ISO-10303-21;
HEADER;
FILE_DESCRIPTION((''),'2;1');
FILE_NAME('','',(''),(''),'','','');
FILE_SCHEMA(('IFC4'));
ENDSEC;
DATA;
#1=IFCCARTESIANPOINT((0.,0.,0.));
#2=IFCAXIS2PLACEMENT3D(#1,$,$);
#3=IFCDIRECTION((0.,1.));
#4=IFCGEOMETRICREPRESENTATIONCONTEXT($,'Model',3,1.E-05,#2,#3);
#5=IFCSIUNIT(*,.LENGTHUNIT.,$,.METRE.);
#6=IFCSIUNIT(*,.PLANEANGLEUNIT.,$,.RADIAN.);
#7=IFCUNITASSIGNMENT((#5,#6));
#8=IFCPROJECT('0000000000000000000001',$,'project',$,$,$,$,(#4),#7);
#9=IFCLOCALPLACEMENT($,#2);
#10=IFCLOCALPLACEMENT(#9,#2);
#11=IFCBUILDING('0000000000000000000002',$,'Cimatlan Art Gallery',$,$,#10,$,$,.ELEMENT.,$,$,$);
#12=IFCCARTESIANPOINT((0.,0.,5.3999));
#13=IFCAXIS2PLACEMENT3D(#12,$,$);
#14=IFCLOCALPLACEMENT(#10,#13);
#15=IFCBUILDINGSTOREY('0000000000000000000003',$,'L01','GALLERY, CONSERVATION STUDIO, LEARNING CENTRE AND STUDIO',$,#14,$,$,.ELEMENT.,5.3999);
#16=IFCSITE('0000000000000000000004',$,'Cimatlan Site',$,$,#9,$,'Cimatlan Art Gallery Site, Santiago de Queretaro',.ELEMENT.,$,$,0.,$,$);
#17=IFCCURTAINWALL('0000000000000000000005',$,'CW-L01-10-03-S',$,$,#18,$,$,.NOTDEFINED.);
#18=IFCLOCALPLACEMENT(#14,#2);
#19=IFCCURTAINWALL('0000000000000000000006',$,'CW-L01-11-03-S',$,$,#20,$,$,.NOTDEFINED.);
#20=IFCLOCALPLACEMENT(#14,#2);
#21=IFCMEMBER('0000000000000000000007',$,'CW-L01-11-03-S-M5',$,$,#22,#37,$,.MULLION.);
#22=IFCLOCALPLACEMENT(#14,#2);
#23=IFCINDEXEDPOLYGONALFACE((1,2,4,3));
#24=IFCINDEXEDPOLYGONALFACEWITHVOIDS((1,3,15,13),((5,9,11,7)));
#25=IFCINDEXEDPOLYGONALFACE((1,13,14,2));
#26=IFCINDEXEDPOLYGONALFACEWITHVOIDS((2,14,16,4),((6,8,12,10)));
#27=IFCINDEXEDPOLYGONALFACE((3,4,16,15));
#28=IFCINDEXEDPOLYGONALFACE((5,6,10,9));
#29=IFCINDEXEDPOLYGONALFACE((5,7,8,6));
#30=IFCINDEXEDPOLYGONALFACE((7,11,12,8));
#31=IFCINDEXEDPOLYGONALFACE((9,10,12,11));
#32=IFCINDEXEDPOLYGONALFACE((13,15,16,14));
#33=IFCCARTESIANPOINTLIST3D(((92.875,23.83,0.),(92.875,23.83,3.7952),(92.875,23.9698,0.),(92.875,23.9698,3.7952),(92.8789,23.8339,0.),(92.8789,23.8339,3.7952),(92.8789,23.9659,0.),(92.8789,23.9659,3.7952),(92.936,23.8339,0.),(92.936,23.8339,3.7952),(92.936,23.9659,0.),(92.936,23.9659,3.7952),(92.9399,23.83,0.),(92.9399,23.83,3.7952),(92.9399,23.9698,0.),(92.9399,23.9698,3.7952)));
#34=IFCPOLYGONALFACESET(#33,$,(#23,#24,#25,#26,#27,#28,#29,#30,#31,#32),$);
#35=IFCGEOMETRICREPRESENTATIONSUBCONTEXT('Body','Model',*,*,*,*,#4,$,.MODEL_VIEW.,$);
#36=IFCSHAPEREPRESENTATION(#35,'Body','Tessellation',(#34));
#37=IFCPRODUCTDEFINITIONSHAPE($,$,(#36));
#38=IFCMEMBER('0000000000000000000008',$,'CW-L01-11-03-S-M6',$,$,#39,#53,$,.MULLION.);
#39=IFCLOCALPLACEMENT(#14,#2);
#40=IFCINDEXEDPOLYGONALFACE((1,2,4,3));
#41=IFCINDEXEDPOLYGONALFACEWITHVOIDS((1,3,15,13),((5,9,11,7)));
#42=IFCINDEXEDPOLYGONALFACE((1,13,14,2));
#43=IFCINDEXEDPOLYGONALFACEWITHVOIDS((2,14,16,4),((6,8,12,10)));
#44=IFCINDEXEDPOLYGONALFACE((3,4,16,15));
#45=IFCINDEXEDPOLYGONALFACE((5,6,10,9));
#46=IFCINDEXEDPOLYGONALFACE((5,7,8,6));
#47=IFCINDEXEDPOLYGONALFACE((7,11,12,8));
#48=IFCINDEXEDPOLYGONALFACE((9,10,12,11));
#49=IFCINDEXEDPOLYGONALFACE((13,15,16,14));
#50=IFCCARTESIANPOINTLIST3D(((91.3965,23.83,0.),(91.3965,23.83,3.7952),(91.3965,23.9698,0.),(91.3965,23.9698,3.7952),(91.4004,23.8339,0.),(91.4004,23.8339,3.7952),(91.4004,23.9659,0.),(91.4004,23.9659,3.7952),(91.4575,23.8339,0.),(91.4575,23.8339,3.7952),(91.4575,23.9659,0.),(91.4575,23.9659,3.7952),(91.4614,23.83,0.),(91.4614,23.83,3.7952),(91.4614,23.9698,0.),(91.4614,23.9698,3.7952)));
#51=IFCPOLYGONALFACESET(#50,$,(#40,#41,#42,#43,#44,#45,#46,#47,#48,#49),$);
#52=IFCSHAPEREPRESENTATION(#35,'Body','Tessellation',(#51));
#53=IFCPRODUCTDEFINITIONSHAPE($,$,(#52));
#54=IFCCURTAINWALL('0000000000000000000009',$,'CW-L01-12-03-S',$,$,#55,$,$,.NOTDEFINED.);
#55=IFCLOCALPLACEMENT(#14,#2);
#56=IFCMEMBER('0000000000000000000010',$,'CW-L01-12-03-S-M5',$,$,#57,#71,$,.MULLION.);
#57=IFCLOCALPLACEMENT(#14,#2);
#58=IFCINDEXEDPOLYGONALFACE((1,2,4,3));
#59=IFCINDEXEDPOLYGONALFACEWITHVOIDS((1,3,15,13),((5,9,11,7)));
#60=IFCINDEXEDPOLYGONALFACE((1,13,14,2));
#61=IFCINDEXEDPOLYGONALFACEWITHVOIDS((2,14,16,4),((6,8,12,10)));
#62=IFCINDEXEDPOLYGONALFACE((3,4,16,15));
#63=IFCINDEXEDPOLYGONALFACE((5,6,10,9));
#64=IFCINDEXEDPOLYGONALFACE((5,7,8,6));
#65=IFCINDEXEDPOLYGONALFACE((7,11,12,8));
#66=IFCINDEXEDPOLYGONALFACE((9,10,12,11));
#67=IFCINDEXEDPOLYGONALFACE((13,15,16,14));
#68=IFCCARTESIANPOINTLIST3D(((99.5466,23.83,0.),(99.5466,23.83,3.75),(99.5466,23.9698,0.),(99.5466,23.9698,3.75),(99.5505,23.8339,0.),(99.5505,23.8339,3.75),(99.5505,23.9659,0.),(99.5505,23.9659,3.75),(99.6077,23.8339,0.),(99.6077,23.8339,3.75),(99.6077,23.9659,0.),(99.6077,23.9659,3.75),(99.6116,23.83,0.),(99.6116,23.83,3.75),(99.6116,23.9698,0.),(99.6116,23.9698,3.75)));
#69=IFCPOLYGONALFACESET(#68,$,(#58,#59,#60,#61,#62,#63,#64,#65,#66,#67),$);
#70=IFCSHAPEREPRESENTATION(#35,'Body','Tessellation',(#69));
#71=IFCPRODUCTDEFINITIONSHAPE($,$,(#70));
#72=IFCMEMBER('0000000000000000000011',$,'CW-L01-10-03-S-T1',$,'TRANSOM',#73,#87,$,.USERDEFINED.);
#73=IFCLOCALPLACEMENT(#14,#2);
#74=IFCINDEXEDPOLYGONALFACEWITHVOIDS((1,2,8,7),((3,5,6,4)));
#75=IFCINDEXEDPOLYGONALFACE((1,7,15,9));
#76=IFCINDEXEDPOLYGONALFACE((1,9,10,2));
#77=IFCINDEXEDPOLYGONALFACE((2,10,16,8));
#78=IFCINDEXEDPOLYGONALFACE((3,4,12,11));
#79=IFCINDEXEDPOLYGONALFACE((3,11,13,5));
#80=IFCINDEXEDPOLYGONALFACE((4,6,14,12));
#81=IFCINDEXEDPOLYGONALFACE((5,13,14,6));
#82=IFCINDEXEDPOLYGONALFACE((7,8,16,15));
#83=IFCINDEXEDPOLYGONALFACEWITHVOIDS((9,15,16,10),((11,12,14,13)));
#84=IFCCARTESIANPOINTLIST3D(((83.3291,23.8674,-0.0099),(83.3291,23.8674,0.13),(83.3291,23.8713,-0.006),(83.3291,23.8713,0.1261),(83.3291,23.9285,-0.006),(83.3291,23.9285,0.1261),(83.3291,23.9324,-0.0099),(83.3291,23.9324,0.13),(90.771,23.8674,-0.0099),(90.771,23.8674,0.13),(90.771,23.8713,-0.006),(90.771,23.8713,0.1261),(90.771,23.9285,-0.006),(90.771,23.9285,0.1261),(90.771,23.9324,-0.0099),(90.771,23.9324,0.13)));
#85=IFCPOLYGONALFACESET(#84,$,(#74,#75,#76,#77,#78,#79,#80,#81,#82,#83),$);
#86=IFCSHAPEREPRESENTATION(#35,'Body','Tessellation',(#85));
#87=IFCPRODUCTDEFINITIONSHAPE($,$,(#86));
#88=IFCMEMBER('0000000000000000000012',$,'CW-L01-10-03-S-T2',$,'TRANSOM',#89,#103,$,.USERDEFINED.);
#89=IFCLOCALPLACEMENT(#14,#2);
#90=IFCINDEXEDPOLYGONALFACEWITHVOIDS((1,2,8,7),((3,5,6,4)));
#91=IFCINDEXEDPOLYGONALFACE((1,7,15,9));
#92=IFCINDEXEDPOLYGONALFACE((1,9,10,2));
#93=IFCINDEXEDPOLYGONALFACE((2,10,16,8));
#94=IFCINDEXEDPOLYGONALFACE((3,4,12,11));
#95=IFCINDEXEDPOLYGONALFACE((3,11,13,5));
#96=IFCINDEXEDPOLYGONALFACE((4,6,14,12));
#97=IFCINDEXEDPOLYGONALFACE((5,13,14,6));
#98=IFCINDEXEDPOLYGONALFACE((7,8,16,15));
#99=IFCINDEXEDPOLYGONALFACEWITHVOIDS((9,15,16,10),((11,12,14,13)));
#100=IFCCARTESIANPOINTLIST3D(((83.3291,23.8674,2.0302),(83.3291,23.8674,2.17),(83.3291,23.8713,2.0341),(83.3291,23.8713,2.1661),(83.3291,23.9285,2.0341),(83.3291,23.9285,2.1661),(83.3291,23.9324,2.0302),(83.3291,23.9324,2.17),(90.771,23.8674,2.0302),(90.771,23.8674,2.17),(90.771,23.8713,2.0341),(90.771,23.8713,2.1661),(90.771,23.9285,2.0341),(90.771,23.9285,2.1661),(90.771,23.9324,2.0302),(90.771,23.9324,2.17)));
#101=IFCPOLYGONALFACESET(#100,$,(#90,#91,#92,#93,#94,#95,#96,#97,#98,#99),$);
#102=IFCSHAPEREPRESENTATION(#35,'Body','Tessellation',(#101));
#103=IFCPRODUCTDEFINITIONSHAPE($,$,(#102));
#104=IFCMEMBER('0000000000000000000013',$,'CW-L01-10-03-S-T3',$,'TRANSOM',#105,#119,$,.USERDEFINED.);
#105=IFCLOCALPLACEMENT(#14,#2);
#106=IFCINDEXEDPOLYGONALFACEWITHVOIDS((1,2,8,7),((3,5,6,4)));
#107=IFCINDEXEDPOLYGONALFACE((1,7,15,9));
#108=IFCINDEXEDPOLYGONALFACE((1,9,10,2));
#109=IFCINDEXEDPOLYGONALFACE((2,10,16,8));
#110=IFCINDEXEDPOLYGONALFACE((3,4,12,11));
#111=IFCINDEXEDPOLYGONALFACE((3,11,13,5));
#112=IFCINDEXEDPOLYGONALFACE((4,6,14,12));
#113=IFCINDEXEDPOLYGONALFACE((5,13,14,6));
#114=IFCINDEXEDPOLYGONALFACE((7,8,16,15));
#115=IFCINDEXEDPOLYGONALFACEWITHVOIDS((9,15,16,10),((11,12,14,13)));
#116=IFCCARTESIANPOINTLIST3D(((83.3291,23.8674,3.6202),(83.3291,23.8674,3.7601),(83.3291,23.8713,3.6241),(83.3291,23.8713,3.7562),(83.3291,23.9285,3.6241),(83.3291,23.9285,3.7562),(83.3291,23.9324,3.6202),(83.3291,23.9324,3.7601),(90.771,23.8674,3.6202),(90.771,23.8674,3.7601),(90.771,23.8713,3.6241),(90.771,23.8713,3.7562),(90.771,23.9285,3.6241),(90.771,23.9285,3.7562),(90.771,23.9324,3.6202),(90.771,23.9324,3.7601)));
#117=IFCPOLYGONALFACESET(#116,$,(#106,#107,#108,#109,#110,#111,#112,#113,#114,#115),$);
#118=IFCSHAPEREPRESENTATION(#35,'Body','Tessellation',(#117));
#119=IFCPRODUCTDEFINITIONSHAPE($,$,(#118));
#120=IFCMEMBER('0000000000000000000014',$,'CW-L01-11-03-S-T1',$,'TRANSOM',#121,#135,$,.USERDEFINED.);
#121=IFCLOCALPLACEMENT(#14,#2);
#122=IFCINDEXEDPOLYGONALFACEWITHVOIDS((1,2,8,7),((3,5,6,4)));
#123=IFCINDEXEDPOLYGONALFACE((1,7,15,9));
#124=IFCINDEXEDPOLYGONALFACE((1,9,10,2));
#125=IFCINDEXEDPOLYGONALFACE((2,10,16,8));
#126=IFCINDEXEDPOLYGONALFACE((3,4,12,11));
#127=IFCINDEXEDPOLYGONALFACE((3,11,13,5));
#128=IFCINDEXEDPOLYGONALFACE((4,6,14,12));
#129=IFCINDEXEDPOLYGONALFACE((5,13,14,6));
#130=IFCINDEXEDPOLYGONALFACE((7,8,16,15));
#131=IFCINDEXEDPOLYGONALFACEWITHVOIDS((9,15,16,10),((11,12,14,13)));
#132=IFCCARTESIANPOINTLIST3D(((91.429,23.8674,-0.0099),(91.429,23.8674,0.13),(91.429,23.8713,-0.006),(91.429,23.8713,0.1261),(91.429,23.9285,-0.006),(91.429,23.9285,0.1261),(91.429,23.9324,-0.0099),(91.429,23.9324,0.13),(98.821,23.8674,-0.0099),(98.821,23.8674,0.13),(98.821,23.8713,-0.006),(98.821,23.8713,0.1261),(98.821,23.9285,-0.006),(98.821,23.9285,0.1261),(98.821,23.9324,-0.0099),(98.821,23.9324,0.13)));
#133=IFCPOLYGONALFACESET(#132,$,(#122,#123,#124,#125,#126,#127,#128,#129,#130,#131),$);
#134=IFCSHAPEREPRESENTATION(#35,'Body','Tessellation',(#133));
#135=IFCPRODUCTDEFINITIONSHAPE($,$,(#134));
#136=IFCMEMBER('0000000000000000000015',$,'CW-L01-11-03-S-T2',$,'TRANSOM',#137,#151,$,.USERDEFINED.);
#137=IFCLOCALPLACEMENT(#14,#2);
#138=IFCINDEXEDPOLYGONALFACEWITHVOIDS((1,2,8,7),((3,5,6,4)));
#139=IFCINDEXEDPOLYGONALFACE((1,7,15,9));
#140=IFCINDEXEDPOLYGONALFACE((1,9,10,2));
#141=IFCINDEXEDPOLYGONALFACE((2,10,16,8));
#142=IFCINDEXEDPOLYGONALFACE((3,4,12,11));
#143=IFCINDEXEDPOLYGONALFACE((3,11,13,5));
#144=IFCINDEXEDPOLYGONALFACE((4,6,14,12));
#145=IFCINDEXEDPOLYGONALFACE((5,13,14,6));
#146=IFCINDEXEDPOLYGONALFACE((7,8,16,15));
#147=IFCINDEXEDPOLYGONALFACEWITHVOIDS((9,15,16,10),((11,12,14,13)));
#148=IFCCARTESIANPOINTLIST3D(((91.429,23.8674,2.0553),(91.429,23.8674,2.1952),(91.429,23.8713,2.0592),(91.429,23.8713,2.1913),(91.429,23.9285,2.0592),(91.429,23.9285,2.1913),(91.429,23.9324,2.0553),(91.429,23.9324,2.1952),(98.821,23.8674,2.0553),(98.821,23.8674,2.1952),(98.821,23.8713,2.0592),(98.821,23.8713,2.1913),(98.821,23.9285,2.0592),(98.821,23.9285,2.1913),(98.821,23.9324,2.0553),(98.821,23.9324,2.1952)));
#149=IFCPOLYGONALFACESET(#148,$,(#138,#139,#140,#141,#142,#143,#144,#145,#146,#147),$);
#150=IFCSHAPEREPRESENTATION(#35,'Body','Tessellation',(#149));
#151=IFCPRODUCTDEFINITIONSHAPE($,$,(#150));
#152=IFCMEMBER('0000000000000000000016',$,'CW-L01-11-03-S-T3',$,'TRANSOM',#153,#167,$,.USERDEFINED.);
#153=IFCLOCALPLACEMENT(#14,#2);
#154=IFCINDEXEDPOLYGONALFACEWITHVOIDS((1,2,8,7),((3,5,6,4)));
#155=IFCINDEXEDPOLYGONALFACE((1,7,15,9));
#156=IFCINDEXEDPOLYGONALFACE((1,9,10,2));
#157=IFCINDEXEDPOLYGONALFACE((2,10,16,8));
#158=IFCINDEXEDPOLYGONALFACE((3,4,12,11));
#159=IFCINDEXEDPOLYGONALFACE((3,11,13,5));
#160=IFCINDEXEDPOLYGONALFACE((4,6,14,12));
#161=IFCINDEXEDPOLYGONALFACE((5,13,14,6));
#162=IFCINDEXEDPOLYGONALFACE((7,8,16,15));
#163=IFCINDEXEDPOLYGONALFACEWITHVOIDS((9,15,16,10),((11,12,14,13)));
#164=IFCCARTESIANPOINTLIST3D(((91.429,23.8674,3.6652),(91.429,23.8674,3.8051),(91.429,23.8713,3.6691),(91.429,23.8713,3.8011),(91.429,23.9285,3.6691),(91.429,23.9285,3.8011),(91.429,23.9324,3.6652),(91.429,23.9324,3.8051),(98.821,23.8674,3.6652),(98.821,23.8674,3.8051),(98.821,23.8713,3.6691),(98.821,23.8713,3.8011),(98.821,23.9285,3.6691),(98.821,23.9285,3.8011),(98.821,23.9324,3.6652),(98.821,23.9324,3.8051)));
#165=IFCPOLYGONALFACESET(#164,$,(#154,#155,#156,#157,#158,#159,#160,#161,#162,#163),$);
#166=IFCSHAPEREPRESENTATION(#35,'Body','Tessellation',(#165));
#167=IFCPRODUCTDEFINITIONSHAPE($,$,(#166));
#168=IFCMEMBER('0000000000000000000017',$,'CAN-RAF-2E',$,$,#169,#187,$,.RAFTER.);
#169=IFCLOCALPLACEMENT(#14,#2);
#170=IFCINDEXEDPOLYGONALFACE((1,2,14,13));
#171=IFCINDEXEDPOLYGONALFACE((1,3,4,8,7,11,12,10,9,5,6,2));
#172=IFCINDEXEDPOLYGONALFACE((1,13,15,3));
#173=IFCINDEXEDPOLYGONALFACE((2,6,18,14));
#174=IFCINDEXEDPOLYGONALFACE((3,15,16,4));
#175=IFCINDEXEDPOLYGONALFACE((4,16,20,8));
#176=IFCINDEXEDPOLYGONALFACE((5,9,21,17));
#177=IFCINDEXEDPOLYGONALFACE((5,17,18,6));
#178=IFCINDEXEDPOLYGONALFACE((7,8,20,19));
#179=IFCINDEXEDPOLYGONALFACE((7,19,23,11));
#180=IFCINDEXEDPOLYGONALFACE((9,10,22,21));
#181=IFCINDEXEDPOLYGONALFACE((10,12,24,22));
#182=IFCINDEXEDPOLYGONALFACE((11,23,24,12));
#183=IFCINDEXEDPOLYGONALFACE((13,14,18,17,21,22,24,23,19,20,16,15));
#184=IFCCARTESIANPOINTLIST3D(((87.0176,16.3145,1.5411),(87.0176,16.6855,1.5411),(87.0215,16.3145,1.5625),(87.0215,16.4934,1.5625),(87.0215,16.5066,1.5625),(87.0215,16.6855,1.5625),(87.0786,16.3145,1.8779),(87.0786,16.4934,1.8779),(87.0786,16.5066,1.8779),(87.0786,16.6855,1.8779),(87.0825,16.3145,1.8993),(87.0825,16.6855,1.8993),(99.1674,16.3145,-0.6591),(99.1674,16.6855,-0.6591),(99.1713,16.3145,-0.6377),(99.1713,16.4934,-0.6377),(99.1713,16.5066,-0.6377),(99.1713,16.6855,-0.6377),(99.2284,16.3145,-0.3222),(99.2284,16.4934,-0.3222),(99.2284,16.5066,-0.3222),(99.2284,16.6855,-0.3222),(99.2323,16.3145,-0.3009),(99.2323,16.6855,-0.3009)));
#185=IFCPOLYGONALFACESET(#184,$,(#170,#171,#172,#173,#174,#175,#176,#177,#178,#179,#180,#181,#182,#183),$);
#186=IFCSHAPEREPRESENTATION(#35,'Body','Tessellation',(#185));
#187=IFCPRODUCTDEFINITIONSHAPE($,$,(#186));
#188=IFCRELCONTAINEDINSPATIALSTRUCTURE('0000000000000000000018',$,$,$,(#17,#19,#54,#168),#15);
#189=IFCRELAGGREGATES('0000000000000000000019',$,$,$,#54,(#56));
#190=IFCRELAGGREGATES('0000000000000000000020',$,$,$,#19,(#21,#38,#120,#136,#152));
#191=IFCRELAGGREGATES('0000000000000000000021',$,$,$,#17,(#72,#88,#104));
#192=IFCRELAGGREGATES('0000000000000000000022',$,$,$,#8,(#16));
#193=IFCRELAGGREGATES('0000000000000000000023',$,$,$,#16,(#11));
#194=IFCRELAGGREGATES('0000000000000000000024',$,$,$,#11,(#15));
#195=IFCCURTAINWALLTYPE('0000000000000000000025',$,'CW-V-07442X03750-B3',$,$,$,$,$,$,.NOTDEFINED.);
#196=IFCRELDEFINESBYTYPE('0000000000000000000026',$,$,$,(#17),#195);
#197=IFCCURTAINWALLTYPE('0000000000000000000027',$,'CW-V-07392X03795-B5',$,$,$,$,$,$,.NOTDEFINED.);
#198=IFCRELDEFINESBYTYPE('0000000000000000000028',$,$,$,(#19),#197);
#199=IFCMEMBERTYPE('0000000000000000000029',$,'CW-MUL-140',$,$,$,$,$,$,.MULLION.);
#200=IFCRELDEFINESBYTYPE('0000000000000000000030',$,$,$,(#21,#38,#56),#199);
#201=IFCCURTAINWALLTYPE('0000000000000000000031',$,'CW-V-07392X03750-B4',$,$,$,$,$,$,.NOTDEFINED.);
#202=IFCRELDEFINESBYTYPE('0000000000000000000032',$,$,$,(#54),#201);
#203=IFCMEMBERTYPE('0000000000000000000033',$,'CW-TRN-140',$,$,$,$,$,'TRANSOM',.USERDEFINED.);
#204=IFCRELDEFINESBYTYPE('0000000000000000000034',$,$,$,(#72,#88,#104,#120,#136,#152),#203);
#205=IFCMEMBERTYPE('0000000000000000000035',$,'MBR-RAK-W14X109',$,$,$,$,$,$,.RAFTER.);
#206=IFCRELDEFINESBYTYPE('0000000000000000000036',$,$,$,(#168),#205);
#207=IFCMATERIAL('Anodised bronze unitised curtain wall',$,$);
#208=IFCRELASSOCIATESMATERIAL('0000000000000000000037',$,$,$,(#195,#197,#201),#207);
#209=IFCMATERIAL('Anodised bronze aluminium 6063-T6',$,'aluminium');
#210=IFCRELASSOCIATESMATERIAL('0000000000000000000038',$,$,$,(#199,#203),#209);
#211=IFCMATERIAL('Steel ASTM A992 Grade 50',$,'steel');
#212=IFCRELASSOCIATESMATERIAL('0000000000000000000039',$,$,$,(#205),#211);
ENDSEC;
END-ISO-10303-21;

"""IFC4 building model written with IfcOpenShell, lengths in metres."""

from ifc_helpers import new_model, si_unit, direction, frame, origin, origin_2d, place, context, subcontext, project, spatial, hollow_rectangle, i_section, extrude, material, material_profile, profile_set, type_object, element, aggregate, save


model = new_model("IFC4")

# Units and contexts
model_context = context("Model", 3, precision=1e-05, world=origin(), true_north=direction((0.0, 1.0)))
body_context = subcontext(model_context, "Body", "Model", "MODEL_VIEW")
ifc_project = project(units=[si_unit("LENGTHUNIT", "METRE"), si_unit("PLANEANGLEUNIT", "RADIAN")], contexts=[model_context])

# Site, building, storey
site_placement = place(None, origin())
site = spatial("IfcSite", under=ifc_project, at=site_placement, Name="Cimatlan Site", LongName="Cimatlan Art Gallery Site, Santiago de Queretaro", CompositionType="ELEMENT", RefElevation=0.0)
building_placement = place(site_placement, origin())
building = spatial("IfcBuilding", under=site, at=building_placement, Name="Cimatlan Art Gallery", CompositionType="ELEMENT")
storey_placement = place(building_placement, frame((0.0, 0.0, 5.3999)))
storey = spatial("IfcBuildingStorey", under=building, at=storey_placement, Name="L01", Description="GALLERY, CONSERVATION STUDIO, LEARNING CENTRE AND STUDIO", CompositionType="ELEMENT", Elevation=5.3999)

# Curtain walls, members
ifc_material_1 = material(Name="Anodised bronze unitised curtain wall")
curtain_wall_type_1 = type_object("IfcCurtainWallType", Name="CW-V-07442X03750-B3", PredefinedType="NOTDEFINED", material=ifc_material_1)
curtain_wall_1_placement = place(storey_placement, origin())
curtain_wall_1 = element("IfcCurtainWall", 1, at=curtain_wall_1_placement, inside=storey, type_object=curtain_wall_type_1, Name="CW-L01-10-03-S", PredefinedType="NOTDEFINED")
ifc_material_2 = material(Name="Anodised bronze aluminium 6063-T6", Category="aluminium")
ifc_material_profile_1 = material_profile(ifc_material_2, hollow_rectangle(XDim=0.0649, YDim=0.1399, WallThickness=0.0039, at=origin_2d()), Name="ALU65X140X4")
ifc_profile_set_1 = profile_set([ifc_material_profile_1], Name="Anodised bronze aluminium 6063-T6")
member_type_1 = type_object("IfcMemberType", Name="CW-MUL-140", PredefinedType="MULLION", material=ifc_profile_set_1)
curtain_wall_type_2 = type_object("IfcCurtainWallType", Name="CW-V-07392X03795-B5", PredefinedType="NOTDEFINED", material=ifc_material_1)
curtain_wall_2_placement = place(storey_placement, origin())
curtain_wall_2 = element("IfcCurtainWall", 2, at=curtain_wall_2_placement, inside=storey, type_object=curtain_wall_type_2, Name="CW-L01-11-03-S", PredefinedType="NOTDEFINED")
member_1_placement = place(storey_placement, frame((92.9075, 23.8999, 0.0), z_axis=(0.0, 0.0, 1.0), x_axis=(1.0, 0.0, 0.0)))
member_1 = element("IfcMember", 3, at=member_1_placement, type_object=member_type_1, Name="CW-L01-11-03-S-M5", PredefinedType="MULLION", context=body_context, shape_type="SweptSolid", body=[
    extrude(hollow_rectangle(XDim=0.0649, YDim=0.1399, WallThickness=0.0039, at=origin_2d()), origin(), (0.0, 0.0, 1.0), 3.7952),
])
member_2_placement = place(storey_placement, frame((91.429, 23.8999, 0.0), z_axis=(0.0, 0.0, 1.0), x_axis=(1.0, 0.0, 0.0)))
member_2 = element("IfcMember", 4, at=member_2_placement, type_object=member_type_1, Name="CW-L01-11-03-S-M6", PredefinedType="MULLION", context=body_context, shape_type="SweptSolid", body=[
    extrude(hollow_rectangle(XDim=0.0649, YDim=0.1399, WallThickness=0.0039, at=origin_2d()), origin(), (0.0, 0.0, 1.0), 3.7952),
])

# Curtain wall, member
curtain_wall_type_3 = type_object("IfcCurtainWallType", Name="CW-V-07392X03750-B4", PredefinedType="NOTDEFINED", material=ifc_material_1)
curtain_wall_3_placement = place(storey_placement, origin())
curtain_wall_3 = element("IfcCurtainWall", 5, at=curtain_wall_3_placement, inside=storey, type_object=curtain_wall_type_3, Name="CW-L01-12-03-S", PredefinedType="NOTDEFINED")
member_3_placement = place(storey_placement, frame((99.5791, 23.8999, 0.0), z_axis=(0.0, 0.0, 1.0), x_axis=(1.0, 0.0, 0.0)))
member_3 = element("IfcMember", 6, at=member_3_placement, type_object=member_type_1, Name="CW-L01-12-03-S-M5", PredefinedType="MULLION", context=body_context, shape_type="SweptSolid", body=[
    extrude(hollow_rectangle(XDim=0.0649, YDim=0.1399, WallThickness=0.0039, at=origin_2d()), origin(), (0.0, 0.0, 1.0), 3.75),
])
aggregate(curtain_wall_3, [member_3])

# Members
ifc_material_profile_2 = material_profile(ifc_material_2, hollow_rectangle(XDim=0.0649, YDim=0.1399, WallThickness=0.0039, at=origin_2d()), Name="ALU65X140X4")
ifc_profile_set_2 = profile_set([ifc_material_profile_2], Name="Anodised bronze aluminium 6063-T6")
member_type_2 = type_object("IfcMemberType", Name="CW-TRN-140", ElementType="TRANSOM", PredefinedType="USERDEFINED", material=ifc_profile_set_2)
member_4_placement = place(storey_placement, frame((90.771, 23.8999, 0.0601), z_axis=(-1.0, 0.0, 0.0), x_axis=(0.0, -1.0, 0.0)))
member_4 = element("IfcMember", 7, at=member_4_placement, type_object=member_type_2, Name="CW-L01-10-03-S-T1", ObjectType="TRANSOM", PredefinedType="USERDEFINED", context=body_context, shape_type="SweptSolid", body=[
    extrude(hollow_rectangle(XDim=0.0649, YDim=0.1399, WallThickness=0.0039, at=origin_2d()), origin(), (0.0, 0.0, 1.0), 7.4419),
])
member_5_placement = place(storey_placement, frame((90.771, 23.8999, 2.1001), z_axis=(-1.0, 0.0, 0.0), x_axis=(0.0, -1.0, 0.0)))
member_5 = element("IfcMember", 8, at=member_5_placement, type_object=member_type_2, Name="CW-L01-10-03-S-T2", ObjectType="TRANSOM", PredefinedType="USERDEFINED", context=body_context, shape_type="SweptSolid", body=[
    extrude(hollow_rectangle(XDim=0.0649, YDim=0.1399, WallThickness=0.0039, at=origin_2d()), origin(), (0.0, 0.0, 1.0), 7.4419),
])
member_6_placement = place(storey_placement, frame((90.771, 23.8999, 3.6902), z_axis=(-1.0, 0.0, 0.0), x_axis=(0.0, -1.0, 0.0)))
member_6 = element("IfcMember", 9, at=member_6_placement, type_object=member_type_2, Name="CW-L01-10-03-S-T3", ObjectType="TRANSOM", PredefinedType="USERDEFINED", context=body_context, shape_type="SweptSolid", body=[
    extrude(hollow_rectangle(XDim=0.0649, YDim=0.1399, WallThickness=0.0039, at=origin_2d()), origin(), (0.0, 0.0, 1.0), 7.4419),
])
member_7_placement = place(storey_placement, frame((98.821, 23.8999, 0.0601), z_axis=(-1.0, 0.0, 0.0), x_axis=(0.0, -1.0, 0.0)))
member_7 = element("IfcMember", 10, at=member_7_placement, type_object=member_type_2, Name="CW-L01-11-03-S-T1", ObjectType="TRANSOM", PredefinedType="USERDEFINED", context=body_context, shape_type="SweptSolid", body=[
    extrude(hollow_rectangle(XDim=0.0649, YDim=0.1399, WallThickness=0.0039, at=origin_2d()), origin(), (0.0, 0.0, 1.0), 7.3921),
])
member_8_placement = place(storey_placement, frame((98.821, 23.8999, 2.1252), z_axis=(-1.0, 0.0, 0.0), x_axis=(0.0, -1.0, 0.0)))
member_8 = element("IfcMember", 11, at=member_8_placement, type_object=member_type_2, Name="CW-L01-11-03-S-T2", ObjectType="TRANSOM", PredefinedType="USERDEFINED", context=body_context, shape_type="SweptSolid", body=[
    extrude(hollow_rectangle(XDim=0.0649, YDim=0.1399, WallThickness=0.0039, at=origin_2d()), origin(), (0.0, 0.0, 1.0), 7.3921),
])
member_9_placement = place(storey_placement, frame((98.821, 23.8999, 3.7351), z_axis=(-1.0, 0.0, 0.0), x_axis=(0.0, -1.0, 0.0)))
member_9 = element("IfcMember", 12, at=member_9_placement, type_object=member_type_2, Name="CW-L01-11-03-S-T3", ObjectType="TRANSOM", PredefinedType="USERDEFINED", context=body_context, shape_type="SweptSolid", body=[
    extrude(hollow_rectangle(XDim=0.0649, YDim=0.1399, WallThickness=0.0039, at=origin_2d()), origin(), (0.0, 0.0, 1.0), 7.3921),
])
ifc_material_3 = material(Name="Steel ASTM A992 Grade 50", Category="steel")
ifc_material_profile_3 = material_profile(ifc_material_3, i_section(OverallWidth=0.3711, OverallDepth=0.364, WebThickness=0.0132, FlangeThickness=0.0217, at=origin_2d()), Name="W14X109")
ifc_profile_set_3 = profile_set([ifc_material_profile_3], Name="Steel ASTM A992 Grade 50")
member_type_3 = type_object("IfcMemberType", Name="MBR-RAK-W14X109", PredefinedType="RAFTER", material=ifc_profile_set_3)
member_10_placement = place(storey_placement, frame((87.05, 16.5, 1.7202), z_axis=(0.983996, 0.0, -0.178189), x_axis=(0.0, 1.0, 0.0)))
element("IfcMember", 13, at=member_10_placement, inside=storey, type_object=member_type_3, Name="CAN-RAF-2E", PredefinedType="RAFTER", context=body_context, shape_type="SweptSolid", body=[
    extrude(i_section(OverallWidth=0.3711, OverallDepth=0.364, WebThickness=0.0132, FlangeThickness=0.0217, at=origin_2d()), origin(), (0.0, 0.0, 1.0), 12.3474),
])

aggregate(curtain_wall_2, [member_1, member_2, member_7, member_8, member_9])
aggregate(curtain_wall_1, [member_4, member_5, member_6])

save(model, "model.ifc")
